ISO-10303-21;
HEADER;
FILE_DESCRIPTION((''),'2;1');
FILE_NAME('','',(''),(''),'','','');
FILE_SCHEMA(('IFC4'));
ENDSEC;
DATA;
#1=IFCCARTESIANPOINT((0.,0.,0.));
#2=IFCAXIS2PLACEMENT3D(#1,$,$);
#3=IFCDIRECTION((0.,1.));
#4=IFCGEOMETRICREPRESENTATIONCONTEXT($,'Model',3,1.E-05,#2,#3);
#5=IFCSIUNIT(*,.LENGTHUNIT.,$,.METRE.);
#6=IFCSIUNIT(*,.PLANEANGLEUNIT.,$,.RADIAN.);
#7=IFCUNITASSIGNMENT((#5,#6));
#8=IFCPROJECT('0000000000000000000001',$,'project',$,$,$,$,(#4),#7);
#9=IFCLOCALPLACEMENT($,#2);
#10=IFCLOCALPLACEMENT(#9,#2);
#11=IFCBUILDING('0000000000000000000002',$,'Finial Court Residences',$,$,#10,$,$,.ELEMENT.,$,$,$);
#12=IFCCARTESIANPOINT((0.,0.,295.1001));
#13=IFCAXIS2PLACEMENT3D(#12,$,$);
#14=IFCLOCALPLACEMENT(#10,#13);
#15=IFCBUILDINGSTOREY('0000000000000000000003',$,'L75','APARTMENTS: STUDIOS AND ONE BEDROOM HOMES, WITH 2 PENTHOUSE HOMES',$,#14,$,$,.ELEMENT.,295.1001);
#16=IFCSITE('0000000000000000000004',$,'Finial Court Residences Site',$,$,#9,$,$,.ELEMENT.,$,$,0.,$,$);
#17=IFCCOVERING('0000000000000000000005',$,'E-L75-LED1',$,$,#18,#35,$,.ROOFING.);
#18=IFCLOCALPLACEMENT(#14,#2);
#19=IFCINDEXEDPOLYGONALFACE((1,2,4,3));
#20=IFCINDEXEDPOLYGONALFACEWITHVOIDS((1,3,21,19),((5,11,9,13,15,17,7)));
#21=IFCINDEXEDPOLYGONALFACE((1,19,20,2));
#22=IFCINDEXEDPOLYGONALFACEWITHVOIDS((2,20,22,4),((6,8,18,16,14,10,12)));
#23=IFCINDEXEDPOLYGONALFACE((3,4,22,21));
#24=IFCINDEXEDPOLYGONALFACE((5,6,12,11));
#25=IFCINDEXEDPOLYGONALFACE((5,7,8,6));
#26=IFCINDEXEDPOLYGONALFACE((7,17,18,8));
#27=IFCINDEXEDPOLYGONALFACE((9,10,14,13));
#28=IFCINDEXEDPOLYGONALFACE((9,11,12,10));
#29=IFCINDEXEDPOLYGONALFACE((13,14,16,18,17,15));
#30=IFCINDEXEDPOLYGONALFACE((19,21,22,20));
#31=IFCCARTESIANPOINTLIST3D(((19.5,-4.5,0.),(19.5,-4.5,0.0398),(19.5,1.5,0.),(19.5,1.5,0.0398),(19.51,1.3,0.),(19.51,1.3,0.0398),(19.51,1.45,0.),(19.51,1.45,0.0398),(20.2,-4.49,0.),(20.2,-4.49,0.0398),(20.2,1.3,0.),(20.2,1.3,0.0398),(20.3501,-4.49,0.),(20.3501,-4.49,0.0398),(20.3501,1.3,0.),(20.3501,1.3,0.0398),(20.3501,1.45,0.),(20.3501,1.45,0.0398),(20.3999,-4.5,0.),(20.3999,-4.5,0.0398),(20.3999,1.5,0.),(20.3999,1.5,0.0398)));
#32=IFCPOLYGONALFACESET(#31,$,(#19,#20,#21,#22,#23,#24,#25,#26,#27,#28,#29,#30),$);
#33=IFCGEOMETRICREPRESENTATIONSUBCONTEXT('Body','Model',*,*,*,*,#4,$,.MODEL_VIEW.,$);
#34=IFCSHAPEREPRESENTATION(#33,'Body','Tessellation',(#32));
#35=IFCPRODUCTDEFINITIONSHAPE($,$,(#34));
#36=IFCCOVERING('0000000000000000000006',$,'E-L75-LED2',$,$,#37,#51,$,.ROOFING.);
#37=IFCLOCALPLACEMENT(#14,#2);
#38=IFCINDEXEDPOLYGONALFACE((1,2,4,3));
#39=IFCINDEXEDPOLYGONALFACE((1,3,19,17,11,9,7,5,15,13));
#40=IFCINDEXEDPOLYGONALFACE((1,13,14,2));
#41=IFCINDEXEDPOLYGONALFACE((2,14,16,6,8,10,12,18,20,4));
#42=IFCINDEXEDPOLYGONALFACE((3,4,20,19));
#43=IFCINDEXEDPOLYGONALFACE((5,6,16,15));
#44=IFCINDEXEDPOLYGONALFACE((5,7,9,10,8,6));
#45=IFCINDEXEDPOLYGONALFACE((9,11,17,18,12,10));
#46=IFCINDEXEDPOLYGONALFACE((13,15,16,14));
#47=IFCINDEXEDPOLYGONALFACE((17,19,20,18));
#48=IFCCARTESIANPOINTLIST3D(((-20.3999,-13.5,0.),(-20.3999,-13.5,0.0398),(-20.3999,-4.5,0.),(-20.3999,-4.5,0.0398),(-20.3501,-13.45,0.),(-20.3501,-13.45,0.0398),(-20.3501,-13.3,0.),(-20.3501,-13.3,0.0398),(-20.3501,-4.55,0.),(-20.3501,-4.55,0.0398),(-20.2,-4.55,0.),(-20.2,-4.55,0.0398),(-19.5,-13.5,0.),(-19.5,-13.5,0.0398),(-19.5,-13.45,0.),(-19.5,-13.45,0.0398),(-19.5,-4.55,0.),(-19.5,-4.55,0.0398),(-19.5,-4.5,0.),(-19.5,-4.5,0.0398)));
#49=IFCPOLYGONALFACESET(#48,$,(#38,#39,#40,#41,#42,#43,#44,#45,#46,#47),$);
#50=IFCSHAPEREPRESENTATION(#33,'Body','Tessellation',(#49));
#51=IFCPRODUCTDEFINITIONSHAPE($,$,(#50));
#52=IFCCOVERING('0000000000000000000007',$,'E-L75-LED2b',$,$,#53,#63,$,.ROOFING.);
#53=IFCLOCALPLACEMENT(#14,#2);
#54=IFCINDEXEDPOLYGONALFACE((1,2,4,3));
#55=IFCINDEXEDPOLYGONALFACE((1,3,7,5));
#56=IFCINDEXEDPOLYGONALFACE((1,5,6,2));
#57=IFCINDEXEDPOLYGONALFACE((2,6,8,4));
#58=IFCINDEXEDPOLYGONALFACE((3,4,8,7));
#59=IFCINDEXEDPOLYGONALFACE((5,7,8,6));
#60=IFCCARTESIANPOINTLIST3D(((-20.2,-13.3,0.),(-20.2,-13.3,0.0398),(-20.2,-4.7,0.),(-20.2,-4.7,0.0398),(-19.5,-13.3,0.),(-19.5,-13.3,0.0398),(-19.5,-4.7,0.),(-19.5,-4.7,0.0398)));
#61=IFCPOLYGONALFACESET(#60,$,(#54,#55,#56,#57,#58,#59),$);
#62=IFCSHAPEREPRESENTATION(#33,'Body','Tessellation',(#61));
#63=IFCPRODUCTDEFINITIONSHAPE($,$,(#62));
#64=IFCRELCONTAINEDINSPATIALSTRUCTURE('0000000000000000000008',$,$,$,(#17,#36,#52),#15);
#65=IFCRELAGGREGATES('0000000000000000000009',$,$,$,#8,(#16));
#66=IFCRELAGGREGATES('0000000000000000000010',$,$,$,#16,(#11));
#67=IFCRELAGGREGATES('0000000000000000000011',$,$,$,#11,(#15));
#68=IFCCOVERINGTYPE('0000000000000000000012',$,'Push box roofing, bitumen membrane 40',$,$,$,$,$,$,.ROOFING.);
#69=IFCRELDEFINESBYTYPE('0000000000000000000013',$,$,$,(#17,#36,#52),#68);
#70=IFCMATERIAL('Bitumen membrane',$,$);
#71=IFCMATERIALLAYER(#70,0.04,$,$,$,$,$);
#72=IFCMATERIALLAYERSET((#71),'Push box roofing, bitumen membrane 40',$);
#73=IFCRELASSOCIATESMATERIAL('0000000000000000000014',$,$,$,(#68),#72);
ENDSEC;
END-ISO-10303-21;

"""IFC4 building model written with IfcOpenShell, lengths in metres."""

from ifc_helpers import new_model, si_unit, direction, frame, origin, place, context, subcontext, project, spatial, polyline, outline, extrude, material, layer, layer_set, type_object, element, save


model = new_model("IFC4")

# Units and contexts
model_context = context("Model", 3, precision=1e-05, world=origin(), true_north=direction((0.0, 1.0)))
body_context = subcontext(model_context, "Body", "Model", "MODEL_VIEW")
ifc_project = project(units=[si_unit("LENGTHUNIT", "METRE"), si_unit("PLANEANGLEUNIT", "RADIAN")], contexts=[model_context])

# Site, building, storey
site_placement = place(None, origin())
site = spatial("IfcSite", under=ifc_project, at=site_placement, Name="Finial Court Residences Site", CompositionType="ELEMENT", RefElevation=0.0)
building_placement = place(site_placement, origin())
building = spatial("IfcBuilding", under=site, at=building_placement, Name="Finial Court Residences", CompositionType="ELEMENT")
storey_placement = place(building_placement, frame((0.0, 0.0, 295.1001)))
storey = spatial("IfcBuildingStorey", under=building, at=storey_placement, Name="L75", Description="APARTMENTS: STUDIOS AND ONE BEDROOM HOMES, WITH 2 PENTHOUSE HOMES", CompositionType="ELEMENT", Elevation=295.1001)

# Coverings
ifc_material_1 = material(Name="Bitumen membrane")
ifc_layer_1 = layer(ifc_material_1, 0.04)
ifc_layer_set_1 = layer_set([ifc_layer_1], Name="Push box roofing, bitumen membrane 40")
covering_type_1 = type_object("IfcCoveringType", Name="Push box roofing, bitumen membrane 40", PredefinedType="ROOFING", material=ifc_layer_set_1)
covering_1_placement = place(storey_placement, origin())
element("IfcCovering", 1, at=covering_1_placement, inside=storey, type_object=covering_type_1, Name="E-L75-LED1", PredefinedType="ROOFING", context=body_context, shape_type="SweptSolid", body=[
    extrude(outline(polyline([(19.5, 1.5), (20.3999, 1.5), (20.3999, -4.5), (19.5, -4.5), (19.5, 1.5)]), holes=[polyline([(20.3501, -4.49), (20.3501, 1.3), (20.3501, 1.3), (20.3501, 1.45), (19.51, 1.45), (19.51, 1.3), (20.2, 1.3), (20.2, -4.49), (20.3501, -4.49)])]), origin(), (0.0, 0.0, 1.0), 0.0398),
])
covering_2_placement = place(storey_placement, origin())
element("IfcCovering", 2, at=covering_2_placement, inside=storey, type_object=covering_type_1, Name="E-L75-LED2", PredefinedType="ROOFING", context=body_context, shape_type="SweptSolid", body=[
    extrude(outline(polyline([(-19.5, -4.55), (-20.2, -4.55), (-20.3501, -4.55), (-20.3501, -13.3), (-20.3501, -13.3), (-20.3501, -13.45), (-19.5, -13.45), (-19.5, -13.5), (-20.3999, -13.5), (-20.3999, -4.5), (-19.5, -4.5), (-19.5, -4.55)])), origin(), (0.0, 0.0, 1.0), 0.0398),
])
covering_3_placement = place(storey_placement, origin())
element("IfcCovering", 3, at=covering_3_placement, inside=storey, type_object=covering_type_1, Name="E-L75-LED2b", PredefinedType="ROOFING", context=body_context, shape_type="SweptSolid", body=[
    extrude(outline(polyline([(-19.5, -13.3), (-20.2, -13.3), (-20.2, -4.7), (-19.5, -4.7), (-19.5, -13.3)])), origin(), (0.0, 0.0, 1.0), 0.0398),
])

save(model, "model.ifc")
